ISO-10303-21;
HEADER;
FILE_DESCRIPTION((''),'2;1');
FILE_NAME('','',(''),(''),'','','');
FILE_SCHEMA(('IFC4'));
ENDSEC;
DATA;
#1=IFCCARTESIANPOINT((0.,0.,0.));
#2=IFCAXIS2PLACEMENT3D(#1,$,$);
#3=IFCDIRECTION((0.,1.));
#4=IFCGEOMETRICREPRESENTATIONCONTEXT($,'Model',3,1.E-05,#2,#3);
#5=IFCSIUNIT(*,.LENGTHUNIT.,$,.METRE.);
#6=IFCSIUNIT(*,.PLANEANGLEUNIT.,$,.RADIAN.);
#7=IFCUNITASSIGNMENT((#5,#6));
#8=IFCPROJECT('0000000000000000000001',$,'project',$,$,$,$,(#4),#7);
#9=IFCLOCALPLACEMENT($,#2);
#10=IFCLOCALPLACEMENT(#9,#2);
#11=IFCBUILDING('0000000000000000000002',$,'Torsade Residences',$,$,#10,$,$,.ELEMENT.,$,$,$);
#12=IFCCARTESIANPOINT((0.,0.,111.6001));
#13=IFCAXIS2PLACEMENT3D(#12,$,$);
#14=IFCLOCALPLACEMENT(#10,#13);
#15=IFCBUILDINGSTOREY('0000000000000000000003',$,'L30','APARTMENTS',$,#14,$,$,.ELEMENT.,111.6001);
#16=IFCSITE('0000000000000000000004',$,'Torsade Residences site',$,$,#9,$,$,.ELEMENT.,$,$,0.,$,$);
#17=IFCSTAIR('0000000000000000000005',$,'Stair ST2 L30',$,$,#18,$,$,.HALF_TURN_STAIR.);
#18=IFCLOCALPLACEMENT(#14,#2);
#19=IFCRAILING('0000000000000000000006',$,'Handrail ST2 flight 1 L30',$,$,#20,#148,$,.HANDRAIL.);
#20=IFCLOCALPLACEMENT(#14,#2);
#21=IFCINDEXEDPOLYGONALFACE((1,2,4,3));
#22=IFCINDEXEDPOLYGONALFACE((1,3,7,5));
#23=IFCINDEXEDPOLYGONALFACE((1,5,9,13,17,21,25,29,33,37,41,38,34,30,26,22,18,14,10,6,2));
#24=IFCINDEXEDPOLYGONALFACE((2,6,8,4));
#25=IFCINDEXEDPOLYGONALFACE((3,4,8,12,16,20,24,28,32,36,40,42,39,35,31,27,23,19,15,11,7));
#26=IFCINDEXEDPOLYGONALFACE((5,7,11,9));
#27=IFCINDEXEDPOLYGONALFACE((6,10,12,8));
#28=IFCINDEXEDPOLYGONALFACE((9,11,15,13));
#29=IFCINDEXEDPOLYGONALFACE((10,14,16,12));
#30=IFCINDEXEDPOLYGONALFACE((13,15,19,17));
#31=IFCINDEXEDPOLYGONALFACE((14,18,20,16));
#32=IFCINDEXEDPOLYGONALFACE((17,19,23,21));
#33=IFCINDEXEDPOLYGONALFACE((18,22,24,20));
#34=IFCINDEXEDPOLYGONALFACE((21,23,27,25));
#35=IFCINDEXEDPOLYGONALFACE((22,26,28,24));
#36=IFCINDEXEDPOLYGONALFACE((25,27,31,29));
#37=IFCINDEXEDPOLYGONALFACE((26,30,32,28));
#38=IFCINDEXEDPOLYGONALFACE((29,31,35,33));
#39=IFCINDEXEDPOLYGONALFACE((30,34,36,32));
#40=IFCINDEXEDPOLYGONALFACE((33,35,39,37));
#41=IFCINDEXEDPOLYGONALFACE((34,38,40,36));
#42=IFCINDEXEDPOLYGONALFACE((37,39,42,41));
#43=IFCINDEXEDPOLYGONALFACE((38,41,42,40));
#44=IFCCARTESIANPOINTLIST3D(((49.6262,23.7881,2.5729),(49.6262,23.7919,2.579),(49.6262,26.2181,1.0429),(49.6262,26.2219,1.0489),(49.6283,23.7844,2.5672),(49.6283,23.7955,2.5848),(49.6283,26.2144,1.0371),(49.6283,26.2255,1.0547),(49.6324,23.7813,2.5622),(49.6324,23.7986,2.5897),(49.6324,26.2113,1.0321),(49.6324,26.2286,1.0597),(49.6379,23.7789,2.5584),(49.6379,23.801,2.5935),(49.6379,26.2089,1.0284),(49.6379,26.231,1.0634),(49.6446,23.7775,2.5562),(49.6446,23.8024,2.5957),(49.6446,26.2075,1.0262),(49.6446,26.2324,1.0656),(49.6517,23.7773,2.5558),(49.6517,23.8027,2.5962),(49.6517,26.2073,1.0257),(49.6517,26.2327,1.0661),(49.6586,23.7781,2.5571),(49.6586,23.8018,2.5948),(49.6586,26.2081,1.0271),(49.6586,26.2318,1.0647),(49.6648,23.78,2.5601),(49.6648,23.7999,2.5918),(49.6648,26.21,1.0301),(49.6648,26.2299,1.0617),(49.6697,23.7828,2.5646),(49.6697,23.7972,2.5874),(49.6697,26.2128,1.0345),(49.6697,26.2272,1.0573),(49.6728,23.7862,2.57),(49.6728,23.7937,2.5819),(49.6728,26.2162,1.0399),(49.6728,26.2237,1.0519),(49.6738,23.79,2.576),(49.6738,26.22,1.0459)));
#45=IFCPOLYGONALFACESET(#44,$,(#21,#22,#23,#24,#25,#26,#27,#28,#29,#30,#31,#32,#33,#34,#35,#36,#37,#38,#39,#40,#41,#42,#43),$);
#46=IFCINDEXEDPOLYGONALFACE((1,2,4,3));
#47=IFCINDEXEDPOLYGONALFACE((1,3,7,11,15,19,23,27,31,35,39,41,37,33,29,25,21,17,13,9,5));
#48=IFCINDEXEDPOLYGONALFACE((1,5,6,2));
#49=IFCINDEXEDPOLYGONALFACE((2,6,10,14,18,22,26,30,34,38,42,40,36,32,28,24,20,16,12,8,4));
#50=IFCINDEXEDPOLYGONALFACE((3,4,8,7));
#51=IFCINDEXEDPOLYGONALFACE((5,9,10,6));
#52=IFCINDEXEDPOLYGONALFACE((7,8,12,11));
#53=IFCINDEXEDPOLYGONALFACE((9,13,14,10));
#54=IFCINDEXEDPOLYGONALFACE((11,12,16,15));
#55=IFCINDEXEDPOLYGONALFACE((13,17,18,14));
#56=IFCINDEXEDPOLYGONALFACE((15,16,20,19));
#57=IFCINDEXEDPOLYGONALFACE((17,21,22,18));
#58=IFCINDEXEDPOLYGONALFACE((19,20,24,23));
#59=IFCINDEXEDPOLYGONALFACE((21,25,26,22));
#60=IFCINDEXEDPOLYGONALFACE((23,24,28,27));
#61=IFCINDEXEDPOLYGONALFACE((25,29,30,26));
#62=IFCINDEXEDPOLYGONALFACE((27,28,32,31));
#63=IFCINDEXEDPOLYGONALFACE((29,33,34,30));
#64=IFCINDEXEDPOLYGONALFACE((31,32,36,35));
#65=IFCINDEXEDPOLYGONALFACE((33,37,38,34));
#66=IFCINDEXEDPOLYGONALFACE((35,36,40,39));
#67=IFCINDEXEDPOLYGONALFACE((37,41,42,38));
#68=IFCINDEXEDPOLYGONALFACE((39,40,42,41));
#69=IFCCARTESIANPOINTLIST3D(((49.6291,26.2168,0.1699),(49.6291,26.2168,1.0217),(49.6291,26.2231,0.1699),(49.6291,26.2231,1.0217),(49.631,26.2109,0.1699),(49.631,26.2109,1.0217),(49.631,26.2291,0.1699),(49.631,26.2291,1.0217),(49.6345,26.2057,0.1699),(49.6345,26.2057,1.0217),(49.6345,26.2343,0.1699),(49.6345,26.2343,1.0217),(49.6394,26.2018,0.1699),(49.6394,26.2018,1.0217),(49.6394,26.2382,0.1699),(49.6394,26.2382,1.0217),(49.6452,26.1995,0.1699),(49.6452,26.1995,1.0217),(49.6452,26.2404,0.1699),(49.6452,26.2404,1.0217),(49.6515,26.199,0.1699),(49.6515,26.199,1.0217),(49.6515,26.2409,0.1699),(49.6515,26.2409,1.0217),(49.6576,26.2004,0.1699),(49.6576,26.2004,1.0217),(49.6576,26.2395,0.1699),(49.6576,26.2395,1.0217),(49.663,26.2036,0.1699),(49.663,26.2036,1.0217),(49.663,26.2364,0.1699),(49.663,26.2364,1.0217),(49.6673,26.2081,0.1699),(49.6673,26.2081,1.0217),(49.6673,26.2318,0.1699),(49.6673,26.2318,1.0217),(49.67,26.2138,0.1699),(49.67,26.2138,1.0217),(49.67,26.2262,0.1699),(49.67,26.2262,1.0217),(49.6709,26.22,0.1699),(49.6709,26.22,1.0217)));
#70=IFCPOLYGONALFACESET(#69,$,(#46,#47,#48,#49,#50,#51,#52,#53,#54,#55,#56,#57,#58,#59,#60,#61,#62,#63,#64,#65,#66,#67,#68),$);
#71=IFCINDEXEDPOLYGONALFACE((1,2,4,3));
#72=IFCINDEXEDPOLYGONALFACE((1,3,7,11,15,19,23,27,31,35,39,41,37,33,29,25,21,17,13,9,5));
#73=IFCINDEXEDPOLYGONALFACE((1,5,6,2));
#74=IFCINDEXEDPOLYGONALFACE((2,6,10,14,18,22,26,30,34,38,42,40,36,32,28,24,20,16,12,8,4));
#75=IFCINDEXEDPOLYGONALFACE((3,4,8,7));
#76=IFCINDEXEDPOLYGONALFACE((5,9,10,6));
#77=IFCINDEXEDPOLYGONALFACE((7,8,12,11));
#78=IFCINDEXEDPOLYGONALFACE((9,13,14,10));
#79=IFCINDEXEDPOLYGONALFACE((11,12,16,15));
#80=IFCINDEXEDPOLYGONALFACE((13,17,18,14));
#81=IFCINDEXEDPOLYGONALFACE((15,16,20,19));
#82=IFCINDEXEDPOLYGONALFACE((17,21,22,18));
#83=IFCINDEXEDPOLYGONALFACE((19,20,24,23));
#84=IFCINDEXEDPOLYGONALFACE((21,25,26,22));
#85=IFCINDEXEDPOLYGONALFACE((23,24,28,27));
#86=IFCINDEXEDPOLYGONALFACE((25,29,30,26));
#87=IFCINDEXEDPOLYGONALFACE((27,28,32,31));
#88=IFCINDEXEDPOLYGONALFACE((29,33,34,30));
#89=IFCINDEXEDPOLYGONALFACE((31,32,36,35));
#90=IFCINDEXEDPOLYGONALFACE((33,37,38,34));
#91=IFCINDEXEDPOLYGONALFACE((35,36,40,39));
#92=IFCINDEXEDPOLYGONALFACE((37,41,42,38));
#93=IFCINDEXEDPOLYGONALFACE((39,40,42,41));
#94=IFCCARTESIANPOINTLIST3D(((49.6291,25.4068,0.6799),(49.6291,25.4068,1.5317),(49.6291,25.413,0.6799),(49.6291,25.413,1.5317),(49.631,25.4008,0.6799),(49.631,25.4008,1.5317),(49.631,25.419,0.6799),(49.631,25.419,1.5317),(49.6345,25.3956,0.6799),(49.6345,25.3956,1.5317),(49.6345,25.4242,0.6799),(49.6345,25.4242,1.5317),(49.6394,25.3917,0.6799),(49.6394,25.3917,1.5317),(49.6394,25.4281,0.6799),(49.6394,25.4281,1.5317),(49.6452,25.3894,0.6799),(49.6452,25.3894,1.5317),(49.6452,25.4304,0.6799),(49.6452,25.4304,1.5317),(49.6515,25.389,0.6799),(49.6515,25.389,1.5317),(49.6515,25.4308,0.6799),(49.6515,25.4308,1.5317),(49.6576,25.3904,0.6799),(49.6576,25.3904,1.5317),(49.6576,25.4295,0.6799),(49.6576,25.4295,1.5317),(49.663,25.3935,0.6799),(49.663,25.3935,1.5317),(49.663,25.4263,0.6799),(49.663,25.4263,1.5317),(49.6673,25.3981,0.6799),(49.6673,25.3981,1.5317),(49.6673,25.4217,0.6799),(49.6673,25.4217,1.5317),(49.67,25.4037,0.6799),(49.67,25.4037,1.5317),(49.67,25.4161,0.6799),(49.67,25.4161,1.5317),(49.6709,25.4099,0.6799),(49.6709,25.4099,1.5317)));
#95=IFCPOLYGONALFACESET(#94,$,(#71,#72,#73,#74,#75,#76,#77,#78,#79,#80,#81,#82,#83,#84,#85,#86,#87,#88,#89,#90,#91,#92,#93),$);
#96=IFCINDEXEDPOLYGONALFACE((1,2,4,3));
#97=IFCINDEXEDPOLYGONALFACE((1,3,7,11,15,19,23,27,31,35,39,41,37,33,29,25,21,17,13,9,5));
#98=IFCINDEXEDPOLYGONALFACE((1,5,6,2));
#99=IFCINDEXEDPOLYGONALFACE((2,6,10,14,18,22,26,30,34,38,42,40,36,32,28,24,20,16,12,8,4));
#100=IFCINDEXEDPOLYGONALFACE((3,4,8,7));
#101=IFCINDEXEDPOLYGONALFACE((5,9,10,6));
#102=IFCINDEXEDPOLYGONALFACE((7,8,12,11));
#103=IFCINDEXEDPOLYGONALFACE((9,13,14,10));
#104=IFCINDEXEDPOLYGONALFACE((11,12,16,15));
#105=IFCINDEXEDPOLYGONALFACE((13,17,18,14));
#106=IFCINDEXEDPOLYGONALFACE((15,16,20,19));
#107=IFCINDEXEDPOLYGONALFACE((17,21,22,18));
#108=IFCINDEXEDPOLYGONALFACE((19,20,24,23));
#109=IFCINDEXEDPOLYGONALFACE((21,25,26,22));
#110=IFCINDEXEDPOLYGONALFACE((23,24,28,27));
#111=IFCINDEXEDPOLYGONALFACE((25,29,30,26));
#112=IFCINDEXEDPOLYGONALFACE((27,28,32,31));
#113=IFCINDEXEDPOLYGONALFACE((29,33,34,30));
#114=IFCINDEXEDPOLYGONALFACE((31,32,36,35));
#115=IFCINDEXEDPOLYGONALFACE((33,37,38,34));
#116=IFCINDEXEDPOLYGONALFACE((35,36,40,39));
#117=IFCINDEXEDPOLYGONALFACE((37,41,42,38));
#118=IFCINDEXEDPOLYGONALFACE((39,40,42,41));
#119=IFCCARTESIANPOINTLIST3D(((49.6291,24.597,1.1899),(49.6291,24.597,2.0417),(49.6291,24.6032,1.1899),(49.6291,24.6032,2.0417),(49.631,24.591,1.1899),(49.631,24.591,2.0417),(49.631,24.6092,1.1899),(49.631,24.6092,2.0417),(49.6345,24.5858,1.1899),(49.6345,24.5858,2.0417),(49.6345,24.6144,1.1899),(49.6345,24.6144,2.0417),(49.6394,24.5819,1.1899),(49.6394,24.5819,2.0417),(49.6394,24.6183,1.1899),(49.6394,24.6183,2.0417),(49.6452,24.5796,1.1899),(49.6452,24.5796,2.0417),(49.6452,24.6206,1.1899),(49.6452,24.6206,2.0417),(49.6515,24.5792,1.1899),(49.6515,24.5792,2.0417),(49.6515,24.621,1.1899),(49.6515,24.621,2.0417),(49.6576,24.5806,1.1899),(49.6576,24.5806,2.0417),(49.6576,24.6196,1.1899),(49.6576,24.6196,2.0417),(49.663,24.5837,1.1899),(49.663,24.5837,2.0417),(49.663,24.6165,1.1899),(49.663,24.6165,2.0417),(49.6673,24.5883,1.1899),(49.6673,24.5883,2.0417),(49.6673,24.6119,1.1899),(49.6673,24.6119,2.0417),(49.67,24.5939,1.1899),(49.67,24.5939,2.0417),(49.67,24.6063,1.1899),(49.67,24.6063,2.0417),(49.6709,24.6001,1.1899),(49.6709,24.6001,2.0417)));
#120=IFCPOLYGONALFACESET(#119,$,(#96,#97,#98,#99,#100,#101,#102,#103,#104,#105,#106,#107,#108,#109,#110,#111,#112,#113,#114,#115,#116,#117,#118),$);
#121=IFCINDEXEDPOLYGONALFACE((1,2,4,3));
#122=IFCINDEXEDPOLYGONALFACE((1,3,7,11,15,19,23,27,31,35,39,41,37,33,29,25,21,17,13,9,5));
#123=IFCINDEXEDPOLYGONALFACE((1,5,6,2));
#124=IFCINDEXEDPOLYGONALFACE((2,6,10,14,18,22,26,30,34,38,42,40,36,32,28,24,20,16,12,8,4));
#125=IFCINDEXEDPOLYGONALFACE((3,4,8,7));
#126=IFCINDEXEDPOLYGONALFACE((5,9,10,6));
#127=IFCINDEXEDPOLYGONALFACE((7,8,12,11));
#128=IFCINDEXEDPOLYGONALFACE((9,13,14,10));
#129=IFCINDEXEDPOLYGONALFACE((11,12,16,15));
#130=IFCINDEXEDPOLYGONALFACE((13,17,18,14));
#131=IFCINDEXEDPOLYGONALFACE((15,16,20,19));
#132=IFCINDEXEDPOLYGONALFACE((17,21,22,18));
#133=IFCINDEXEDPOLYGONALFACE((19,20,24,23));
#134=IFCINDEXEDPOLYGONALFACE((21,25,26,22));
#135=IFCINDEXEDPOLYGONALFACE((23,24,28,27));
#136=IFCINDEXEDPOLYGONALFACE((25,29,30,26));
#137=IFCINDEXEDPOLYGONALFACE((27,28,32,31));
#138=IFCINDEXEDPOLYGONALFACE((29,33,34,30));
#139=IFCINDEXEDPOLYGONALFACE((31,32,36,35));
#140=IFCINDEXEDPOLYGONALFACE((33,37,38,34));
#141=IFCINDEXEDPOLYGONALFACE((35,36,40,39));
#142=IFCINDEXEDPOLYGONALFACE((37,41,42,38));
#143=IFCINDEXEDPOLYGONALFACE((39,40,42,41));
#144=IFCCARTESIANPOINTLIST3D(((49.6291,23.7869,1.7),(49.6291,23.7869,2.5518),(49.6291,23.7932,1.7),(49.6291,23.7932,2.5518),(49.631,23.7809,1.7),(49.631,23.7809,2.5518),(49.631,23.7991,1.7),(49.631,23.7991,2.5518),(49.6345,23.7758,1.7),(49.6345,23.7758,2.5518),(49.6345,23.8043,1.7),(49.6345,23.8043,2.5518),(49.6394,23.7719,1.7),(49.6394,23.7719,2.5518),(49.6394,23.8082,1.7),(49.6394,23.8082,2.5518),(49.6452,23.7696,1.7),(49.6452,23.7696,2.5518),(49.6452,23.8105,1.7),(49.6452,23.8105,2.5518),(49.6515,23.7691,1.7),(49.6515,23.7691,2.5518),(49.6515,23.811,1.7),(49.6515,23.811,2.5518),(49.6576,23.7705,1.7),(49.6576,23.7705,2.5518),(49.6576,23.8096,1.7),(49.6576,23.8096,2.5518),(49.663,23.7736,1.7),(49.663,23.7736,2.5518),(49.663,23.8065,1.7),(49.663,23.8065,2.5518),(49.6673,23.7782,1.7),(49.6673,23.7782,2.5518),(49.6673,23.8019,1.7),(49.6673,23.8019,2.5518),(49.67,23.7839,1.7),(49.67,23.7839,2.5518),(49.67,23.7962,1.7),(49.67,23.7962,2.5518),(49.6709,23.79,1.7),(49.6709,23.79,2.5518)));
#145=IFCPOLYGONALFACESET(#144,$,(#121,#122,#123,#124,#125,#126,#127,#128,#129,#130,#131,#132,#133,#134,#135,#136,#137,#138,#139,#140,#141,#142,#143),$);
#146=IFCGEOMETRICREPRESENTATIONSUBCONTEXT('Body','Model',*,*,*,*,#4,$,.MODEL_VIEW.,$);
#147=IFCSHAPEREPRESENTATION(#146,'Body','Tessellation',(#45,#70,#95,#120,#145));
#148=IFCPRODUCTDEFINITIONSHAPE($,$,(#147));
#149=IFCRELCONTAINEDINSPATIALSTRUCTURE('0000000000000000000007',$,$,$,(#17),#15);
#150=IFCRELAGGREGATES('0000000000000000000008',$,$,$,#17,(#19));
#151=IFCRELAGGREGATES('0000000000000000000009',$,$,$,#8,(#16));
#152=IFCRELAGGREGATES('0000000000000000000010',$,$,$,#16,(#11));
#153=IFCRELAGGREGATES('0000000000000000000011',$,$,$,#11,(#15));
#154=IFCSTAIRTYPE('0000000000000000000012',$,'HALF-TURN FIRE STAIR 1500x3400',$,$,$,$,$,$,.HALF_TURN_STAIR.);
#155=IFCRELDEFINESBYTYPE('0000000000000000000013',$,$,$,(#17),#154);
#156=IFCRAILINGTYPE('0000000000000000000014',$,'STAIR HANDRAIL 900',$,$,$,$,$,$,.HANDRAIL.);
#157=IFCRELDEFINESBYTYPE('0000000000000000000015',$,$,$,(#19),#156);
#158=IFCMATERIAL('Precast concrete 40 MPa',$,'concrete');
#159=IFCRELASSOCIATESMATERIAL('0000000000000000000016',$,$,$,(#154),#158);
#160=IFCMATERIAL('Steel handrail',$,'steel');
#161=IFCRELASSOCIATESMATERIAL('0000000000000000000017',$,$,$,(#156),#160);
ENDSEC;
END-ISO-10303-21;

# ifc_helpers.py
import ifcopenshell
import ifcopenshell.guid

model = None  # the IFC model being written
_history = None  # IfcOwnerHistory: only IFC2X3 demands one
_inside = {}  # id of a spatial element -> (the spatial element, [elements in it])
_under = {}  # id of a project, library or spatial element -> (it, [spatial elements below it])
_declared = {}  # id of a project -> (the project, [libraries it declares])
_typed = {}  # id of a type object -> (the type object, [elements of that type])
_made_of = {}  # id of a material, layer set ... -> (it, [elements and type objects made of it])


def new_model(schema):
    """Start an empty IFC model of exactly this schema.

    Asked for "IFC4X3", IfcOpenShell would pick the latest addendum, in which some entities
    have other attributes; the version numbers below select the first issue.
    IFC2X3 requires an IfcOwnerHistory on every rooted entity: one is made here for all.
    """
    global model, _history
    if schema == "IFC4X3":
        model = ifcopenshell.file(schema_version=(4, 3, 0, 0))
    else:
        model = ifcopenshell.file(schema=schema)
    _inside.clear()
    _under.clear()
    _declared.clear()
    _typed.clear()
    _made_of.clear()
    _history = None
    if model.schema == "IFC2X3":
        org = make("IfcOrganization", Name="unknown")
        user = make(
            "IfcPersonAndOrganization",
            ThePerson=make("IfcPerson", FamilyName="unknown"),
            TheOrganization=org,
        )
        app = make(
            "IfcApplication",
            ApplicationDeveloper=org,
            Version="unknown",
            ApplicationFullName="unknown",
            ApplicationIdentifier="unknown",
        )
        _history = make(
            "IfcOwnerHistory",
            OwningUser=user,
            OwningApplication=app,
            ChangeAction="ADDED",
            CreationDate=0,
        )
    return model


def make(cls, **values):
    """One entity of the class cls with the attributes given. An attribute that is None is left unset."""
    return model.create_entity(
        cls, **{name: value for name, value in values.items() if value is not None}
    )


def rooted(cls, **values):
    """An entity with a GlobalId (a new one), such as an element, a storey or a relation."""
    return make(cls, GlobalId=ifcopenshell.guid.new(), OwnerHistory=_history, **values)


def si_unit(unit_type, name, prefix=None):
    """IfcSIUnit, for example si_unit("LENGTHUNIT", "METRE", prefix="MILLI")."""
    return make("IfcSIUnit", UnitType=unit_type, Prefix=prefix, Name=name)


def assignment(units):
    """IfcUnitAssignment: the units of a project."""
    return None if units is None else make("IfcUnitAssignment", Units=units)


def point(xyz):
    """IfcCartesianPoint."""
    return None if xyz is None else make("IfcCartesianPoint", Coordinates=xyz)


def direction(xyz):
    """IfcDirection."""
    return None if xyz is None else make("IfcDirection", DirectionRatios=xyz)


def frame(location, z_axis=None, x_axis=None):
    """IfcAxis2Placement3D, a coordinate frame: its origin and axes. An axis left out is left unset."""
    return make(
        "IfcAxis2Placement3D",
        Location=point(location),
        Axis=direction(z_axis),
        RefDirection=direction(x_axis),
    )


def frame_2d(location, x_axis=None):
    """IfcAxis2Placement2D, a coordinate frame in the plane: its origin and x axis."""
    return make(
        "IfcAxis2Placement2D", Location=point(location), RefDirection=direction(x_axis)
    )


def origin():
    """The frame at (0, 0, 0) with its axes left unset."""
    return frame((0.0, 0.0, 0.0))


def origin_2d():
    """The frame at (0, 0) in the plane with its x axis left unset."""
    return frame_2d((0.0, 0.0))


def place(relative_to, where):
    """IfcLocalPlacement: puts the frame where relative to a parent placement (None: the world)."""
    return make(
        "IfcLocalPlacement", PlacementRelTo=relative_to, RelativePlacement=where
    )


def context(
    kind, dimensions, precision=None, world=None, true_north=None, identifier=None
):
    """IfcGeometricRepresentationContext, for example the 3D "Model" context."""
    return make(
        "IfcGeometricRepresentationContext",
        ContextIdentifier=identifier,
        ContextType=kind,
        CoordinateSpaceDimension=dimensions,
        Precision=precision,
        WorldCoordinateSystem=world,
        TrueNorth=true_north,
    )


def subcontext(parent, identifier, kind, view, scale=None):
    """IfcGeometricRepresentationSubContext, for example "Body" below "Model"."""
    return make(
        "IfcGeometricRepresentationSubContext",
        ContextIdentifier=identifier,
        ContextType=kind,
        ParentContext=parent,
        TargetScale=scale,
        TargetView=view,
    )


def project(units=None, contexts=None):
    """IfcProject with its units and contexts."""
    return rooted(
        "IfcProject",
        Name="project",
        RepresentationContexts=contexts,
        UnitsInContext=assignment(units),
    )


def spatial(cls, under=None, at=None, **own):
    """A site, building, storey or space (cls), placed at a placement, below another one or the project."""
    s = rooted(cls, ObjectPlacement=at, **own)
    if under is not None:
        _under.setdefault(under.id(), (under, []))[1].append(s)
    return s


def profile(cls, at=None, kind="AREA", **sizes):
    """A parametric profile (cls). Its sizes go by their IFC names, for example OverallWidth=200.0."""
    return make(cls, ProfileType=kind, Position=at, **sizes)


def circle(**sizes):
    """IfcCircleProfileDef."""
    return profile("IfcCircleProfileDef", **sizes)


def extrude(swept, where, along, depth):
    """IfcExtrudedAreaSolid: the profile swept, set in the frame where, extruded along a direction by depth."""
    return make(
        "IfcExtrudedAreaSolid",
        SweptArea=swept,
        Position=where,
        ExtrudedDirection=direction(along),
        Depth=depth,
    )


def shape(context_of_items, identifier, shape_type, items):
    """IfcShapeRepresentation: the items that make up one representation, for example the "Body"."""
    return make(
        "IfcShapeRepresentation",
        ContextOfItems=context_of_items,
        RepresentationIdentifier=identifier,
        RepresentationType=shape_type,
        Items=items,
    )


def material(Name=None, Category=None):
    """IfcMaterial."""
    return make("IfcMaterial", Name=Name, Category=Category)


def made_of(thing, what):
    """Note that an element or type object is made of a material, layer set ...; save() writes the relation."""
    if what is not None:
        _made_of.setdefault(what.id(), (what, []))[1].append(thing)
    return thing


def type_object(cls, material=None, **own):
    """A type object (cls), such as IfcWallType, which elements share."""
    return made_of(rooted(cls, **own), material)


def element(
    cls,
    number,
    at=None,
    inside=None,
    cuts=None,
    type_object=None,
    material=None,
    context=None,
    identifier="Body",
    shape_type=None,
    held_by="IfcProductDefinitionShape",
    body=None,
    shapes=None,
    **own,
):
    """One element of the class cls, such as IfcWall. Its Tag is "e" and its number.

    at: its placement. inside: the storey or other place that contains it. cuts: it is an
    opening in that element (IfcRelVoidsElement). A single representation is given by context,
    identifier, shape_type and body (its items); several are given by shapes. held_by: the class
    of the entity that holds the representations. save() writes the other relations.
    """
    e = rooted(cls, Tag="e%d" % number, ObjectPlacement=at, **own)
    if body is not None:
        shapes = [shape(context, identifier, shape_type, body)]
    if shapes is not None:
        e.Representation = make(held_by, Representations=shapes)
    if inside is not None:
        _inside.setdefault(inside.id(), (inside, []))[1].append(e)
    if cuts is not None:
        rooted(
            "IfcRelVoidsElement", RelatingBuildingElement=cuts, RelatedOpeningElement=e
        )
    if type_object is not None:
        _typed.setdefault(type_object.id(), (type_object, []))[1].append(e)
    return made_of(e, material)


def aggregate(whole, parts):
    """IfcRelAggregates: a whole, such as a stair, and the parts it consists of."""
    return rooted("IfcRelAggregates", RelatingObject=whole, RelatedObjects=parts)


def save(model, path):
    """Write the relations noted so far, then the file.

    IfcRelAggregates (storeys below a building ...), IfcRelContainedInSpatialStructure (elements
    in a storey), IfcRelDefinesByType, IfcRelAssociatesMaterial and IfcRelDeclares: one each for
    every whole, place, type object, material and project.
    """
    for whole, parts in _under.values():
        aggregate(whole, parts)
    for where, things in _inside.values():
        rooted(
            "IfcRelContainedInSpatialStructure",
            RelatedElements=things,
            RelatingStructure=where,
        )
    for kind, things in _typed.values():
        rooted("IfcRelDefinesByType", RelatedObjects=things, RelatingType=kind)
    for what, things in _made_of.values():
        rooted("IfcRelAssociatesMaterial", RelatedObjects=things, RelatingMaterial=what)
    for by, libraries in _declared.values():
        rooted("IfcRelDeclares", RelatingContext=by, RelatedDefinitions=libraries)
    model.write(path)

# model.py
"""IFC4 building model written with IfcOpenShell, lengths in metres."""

from ifc_helpers import new_model, si_unit, direction, frame, origin, origin_2d, place, context, subcontext, project, spatial, circle, extrude, material, type_object, element, aggregate, save


model = new_model("IFC4")

# Units and contexts
model_context = context("Model", 3, precision=1e-05, world=origin(), true_north=direction((0.0, 1.0)))
body_context = subcontext(model_context, "Body", "Model", "MODEL_VIEW")
ifc_project = project(units=[si_unit("LENGTHUNIT", "METRE"), si_unit("PLANEANGLEUNIT", "RADIAN")], contexts=[model_context])

# Site, building, storey
site_placement = place(None, origin())
site = spatial("IfcSite", under=ifc_project, at=site_placement, Name="Torsade Residences site", CompositionType="ELEMENT", RefElevation=0.0)
building_placement = place(site_placement, origin())
building = spatial("IfcBuilding", under=site, at=building_placement, Name="Torsade Residences", CompositionType="ELEMENT")
storey_placement = place(building_placement, frame((0.0, 0.0, 111.6001)))
storey = spatial("IfcBuildingStorey", under=building, at=storey_placement, Name="L30", Description="APARTMENTS", CompositionType="ELEMENT", Elevation=111.6001)

# Stair, railing
ifc_material_1 = material(Name="Precast concrete 40 MPa", Category="concrete")
stair_type = type_object("IfcStairType", Name="HALF-TURN FIRE STAIR 1500x3400", PredefinedType="HALF_TURN_STAIR", material=ifc_material_1)
stair_placement = place(storey_placement, origin())
stair = element("IfcStair", 1, at=stair_placement, inside=storey, type_object=stair_type, Name="Stair ST2 L30", PredefinedType="HALF_TURN_STAIR")
ifc_material_2 = material(Name="Steel handrail", Category="steel")
railing_type = type_object("IfcRailingType", Name="STAIR HANDRAIL 900", PredefinedType="HANDRAIL", material=ifc_material_2)
railing_1_placement = place(storey_placement, frame((49.6499, 26.22, 0.1699)))
railing_1 = element("IfcRailing", 2, at=railing_1_placement, type_object=railing_type, Name="Handrail ST2 flight 1 L30", PredefinedType="HANDRAIL", context=body_context, shape_type="SweptSolid", body=[
    extrude(circle(Radius=0.0239, at=origin_2d()), frame((0.0, 0.0, 0.876), z_axis=(0.0, -0.846221, 0.532831), x_axis=(1.0, 0.0, 0.0)), (0.0, 0.0, 1.0), 2.8716),
    extrude(circle(Radius=0.021, at=origin_2d()), origin(), (0.0, 0.0, 1.0), 0.8518),
    extrude(circle(Radius=0.021, at=origin_2d()), frame((0.0, -0.8101, 0.51)), (0.0, 0.0, 1.0), 0.8518),
    extrude(circle(Radius=0.021, at=origin_2d()), frame((0.0, -1.6199, 1.02)), (0.0, 0.0, 1.0), 0.8518),
    extrude(circle(Radius=0.021, at=origin_2d()), frame((0.0, -2.4299, 1.53)), (0.0, 0.0, 1.0), 0.8518),
])
aggregate(stair, [railing_1])

save(model, "model.ifc")
